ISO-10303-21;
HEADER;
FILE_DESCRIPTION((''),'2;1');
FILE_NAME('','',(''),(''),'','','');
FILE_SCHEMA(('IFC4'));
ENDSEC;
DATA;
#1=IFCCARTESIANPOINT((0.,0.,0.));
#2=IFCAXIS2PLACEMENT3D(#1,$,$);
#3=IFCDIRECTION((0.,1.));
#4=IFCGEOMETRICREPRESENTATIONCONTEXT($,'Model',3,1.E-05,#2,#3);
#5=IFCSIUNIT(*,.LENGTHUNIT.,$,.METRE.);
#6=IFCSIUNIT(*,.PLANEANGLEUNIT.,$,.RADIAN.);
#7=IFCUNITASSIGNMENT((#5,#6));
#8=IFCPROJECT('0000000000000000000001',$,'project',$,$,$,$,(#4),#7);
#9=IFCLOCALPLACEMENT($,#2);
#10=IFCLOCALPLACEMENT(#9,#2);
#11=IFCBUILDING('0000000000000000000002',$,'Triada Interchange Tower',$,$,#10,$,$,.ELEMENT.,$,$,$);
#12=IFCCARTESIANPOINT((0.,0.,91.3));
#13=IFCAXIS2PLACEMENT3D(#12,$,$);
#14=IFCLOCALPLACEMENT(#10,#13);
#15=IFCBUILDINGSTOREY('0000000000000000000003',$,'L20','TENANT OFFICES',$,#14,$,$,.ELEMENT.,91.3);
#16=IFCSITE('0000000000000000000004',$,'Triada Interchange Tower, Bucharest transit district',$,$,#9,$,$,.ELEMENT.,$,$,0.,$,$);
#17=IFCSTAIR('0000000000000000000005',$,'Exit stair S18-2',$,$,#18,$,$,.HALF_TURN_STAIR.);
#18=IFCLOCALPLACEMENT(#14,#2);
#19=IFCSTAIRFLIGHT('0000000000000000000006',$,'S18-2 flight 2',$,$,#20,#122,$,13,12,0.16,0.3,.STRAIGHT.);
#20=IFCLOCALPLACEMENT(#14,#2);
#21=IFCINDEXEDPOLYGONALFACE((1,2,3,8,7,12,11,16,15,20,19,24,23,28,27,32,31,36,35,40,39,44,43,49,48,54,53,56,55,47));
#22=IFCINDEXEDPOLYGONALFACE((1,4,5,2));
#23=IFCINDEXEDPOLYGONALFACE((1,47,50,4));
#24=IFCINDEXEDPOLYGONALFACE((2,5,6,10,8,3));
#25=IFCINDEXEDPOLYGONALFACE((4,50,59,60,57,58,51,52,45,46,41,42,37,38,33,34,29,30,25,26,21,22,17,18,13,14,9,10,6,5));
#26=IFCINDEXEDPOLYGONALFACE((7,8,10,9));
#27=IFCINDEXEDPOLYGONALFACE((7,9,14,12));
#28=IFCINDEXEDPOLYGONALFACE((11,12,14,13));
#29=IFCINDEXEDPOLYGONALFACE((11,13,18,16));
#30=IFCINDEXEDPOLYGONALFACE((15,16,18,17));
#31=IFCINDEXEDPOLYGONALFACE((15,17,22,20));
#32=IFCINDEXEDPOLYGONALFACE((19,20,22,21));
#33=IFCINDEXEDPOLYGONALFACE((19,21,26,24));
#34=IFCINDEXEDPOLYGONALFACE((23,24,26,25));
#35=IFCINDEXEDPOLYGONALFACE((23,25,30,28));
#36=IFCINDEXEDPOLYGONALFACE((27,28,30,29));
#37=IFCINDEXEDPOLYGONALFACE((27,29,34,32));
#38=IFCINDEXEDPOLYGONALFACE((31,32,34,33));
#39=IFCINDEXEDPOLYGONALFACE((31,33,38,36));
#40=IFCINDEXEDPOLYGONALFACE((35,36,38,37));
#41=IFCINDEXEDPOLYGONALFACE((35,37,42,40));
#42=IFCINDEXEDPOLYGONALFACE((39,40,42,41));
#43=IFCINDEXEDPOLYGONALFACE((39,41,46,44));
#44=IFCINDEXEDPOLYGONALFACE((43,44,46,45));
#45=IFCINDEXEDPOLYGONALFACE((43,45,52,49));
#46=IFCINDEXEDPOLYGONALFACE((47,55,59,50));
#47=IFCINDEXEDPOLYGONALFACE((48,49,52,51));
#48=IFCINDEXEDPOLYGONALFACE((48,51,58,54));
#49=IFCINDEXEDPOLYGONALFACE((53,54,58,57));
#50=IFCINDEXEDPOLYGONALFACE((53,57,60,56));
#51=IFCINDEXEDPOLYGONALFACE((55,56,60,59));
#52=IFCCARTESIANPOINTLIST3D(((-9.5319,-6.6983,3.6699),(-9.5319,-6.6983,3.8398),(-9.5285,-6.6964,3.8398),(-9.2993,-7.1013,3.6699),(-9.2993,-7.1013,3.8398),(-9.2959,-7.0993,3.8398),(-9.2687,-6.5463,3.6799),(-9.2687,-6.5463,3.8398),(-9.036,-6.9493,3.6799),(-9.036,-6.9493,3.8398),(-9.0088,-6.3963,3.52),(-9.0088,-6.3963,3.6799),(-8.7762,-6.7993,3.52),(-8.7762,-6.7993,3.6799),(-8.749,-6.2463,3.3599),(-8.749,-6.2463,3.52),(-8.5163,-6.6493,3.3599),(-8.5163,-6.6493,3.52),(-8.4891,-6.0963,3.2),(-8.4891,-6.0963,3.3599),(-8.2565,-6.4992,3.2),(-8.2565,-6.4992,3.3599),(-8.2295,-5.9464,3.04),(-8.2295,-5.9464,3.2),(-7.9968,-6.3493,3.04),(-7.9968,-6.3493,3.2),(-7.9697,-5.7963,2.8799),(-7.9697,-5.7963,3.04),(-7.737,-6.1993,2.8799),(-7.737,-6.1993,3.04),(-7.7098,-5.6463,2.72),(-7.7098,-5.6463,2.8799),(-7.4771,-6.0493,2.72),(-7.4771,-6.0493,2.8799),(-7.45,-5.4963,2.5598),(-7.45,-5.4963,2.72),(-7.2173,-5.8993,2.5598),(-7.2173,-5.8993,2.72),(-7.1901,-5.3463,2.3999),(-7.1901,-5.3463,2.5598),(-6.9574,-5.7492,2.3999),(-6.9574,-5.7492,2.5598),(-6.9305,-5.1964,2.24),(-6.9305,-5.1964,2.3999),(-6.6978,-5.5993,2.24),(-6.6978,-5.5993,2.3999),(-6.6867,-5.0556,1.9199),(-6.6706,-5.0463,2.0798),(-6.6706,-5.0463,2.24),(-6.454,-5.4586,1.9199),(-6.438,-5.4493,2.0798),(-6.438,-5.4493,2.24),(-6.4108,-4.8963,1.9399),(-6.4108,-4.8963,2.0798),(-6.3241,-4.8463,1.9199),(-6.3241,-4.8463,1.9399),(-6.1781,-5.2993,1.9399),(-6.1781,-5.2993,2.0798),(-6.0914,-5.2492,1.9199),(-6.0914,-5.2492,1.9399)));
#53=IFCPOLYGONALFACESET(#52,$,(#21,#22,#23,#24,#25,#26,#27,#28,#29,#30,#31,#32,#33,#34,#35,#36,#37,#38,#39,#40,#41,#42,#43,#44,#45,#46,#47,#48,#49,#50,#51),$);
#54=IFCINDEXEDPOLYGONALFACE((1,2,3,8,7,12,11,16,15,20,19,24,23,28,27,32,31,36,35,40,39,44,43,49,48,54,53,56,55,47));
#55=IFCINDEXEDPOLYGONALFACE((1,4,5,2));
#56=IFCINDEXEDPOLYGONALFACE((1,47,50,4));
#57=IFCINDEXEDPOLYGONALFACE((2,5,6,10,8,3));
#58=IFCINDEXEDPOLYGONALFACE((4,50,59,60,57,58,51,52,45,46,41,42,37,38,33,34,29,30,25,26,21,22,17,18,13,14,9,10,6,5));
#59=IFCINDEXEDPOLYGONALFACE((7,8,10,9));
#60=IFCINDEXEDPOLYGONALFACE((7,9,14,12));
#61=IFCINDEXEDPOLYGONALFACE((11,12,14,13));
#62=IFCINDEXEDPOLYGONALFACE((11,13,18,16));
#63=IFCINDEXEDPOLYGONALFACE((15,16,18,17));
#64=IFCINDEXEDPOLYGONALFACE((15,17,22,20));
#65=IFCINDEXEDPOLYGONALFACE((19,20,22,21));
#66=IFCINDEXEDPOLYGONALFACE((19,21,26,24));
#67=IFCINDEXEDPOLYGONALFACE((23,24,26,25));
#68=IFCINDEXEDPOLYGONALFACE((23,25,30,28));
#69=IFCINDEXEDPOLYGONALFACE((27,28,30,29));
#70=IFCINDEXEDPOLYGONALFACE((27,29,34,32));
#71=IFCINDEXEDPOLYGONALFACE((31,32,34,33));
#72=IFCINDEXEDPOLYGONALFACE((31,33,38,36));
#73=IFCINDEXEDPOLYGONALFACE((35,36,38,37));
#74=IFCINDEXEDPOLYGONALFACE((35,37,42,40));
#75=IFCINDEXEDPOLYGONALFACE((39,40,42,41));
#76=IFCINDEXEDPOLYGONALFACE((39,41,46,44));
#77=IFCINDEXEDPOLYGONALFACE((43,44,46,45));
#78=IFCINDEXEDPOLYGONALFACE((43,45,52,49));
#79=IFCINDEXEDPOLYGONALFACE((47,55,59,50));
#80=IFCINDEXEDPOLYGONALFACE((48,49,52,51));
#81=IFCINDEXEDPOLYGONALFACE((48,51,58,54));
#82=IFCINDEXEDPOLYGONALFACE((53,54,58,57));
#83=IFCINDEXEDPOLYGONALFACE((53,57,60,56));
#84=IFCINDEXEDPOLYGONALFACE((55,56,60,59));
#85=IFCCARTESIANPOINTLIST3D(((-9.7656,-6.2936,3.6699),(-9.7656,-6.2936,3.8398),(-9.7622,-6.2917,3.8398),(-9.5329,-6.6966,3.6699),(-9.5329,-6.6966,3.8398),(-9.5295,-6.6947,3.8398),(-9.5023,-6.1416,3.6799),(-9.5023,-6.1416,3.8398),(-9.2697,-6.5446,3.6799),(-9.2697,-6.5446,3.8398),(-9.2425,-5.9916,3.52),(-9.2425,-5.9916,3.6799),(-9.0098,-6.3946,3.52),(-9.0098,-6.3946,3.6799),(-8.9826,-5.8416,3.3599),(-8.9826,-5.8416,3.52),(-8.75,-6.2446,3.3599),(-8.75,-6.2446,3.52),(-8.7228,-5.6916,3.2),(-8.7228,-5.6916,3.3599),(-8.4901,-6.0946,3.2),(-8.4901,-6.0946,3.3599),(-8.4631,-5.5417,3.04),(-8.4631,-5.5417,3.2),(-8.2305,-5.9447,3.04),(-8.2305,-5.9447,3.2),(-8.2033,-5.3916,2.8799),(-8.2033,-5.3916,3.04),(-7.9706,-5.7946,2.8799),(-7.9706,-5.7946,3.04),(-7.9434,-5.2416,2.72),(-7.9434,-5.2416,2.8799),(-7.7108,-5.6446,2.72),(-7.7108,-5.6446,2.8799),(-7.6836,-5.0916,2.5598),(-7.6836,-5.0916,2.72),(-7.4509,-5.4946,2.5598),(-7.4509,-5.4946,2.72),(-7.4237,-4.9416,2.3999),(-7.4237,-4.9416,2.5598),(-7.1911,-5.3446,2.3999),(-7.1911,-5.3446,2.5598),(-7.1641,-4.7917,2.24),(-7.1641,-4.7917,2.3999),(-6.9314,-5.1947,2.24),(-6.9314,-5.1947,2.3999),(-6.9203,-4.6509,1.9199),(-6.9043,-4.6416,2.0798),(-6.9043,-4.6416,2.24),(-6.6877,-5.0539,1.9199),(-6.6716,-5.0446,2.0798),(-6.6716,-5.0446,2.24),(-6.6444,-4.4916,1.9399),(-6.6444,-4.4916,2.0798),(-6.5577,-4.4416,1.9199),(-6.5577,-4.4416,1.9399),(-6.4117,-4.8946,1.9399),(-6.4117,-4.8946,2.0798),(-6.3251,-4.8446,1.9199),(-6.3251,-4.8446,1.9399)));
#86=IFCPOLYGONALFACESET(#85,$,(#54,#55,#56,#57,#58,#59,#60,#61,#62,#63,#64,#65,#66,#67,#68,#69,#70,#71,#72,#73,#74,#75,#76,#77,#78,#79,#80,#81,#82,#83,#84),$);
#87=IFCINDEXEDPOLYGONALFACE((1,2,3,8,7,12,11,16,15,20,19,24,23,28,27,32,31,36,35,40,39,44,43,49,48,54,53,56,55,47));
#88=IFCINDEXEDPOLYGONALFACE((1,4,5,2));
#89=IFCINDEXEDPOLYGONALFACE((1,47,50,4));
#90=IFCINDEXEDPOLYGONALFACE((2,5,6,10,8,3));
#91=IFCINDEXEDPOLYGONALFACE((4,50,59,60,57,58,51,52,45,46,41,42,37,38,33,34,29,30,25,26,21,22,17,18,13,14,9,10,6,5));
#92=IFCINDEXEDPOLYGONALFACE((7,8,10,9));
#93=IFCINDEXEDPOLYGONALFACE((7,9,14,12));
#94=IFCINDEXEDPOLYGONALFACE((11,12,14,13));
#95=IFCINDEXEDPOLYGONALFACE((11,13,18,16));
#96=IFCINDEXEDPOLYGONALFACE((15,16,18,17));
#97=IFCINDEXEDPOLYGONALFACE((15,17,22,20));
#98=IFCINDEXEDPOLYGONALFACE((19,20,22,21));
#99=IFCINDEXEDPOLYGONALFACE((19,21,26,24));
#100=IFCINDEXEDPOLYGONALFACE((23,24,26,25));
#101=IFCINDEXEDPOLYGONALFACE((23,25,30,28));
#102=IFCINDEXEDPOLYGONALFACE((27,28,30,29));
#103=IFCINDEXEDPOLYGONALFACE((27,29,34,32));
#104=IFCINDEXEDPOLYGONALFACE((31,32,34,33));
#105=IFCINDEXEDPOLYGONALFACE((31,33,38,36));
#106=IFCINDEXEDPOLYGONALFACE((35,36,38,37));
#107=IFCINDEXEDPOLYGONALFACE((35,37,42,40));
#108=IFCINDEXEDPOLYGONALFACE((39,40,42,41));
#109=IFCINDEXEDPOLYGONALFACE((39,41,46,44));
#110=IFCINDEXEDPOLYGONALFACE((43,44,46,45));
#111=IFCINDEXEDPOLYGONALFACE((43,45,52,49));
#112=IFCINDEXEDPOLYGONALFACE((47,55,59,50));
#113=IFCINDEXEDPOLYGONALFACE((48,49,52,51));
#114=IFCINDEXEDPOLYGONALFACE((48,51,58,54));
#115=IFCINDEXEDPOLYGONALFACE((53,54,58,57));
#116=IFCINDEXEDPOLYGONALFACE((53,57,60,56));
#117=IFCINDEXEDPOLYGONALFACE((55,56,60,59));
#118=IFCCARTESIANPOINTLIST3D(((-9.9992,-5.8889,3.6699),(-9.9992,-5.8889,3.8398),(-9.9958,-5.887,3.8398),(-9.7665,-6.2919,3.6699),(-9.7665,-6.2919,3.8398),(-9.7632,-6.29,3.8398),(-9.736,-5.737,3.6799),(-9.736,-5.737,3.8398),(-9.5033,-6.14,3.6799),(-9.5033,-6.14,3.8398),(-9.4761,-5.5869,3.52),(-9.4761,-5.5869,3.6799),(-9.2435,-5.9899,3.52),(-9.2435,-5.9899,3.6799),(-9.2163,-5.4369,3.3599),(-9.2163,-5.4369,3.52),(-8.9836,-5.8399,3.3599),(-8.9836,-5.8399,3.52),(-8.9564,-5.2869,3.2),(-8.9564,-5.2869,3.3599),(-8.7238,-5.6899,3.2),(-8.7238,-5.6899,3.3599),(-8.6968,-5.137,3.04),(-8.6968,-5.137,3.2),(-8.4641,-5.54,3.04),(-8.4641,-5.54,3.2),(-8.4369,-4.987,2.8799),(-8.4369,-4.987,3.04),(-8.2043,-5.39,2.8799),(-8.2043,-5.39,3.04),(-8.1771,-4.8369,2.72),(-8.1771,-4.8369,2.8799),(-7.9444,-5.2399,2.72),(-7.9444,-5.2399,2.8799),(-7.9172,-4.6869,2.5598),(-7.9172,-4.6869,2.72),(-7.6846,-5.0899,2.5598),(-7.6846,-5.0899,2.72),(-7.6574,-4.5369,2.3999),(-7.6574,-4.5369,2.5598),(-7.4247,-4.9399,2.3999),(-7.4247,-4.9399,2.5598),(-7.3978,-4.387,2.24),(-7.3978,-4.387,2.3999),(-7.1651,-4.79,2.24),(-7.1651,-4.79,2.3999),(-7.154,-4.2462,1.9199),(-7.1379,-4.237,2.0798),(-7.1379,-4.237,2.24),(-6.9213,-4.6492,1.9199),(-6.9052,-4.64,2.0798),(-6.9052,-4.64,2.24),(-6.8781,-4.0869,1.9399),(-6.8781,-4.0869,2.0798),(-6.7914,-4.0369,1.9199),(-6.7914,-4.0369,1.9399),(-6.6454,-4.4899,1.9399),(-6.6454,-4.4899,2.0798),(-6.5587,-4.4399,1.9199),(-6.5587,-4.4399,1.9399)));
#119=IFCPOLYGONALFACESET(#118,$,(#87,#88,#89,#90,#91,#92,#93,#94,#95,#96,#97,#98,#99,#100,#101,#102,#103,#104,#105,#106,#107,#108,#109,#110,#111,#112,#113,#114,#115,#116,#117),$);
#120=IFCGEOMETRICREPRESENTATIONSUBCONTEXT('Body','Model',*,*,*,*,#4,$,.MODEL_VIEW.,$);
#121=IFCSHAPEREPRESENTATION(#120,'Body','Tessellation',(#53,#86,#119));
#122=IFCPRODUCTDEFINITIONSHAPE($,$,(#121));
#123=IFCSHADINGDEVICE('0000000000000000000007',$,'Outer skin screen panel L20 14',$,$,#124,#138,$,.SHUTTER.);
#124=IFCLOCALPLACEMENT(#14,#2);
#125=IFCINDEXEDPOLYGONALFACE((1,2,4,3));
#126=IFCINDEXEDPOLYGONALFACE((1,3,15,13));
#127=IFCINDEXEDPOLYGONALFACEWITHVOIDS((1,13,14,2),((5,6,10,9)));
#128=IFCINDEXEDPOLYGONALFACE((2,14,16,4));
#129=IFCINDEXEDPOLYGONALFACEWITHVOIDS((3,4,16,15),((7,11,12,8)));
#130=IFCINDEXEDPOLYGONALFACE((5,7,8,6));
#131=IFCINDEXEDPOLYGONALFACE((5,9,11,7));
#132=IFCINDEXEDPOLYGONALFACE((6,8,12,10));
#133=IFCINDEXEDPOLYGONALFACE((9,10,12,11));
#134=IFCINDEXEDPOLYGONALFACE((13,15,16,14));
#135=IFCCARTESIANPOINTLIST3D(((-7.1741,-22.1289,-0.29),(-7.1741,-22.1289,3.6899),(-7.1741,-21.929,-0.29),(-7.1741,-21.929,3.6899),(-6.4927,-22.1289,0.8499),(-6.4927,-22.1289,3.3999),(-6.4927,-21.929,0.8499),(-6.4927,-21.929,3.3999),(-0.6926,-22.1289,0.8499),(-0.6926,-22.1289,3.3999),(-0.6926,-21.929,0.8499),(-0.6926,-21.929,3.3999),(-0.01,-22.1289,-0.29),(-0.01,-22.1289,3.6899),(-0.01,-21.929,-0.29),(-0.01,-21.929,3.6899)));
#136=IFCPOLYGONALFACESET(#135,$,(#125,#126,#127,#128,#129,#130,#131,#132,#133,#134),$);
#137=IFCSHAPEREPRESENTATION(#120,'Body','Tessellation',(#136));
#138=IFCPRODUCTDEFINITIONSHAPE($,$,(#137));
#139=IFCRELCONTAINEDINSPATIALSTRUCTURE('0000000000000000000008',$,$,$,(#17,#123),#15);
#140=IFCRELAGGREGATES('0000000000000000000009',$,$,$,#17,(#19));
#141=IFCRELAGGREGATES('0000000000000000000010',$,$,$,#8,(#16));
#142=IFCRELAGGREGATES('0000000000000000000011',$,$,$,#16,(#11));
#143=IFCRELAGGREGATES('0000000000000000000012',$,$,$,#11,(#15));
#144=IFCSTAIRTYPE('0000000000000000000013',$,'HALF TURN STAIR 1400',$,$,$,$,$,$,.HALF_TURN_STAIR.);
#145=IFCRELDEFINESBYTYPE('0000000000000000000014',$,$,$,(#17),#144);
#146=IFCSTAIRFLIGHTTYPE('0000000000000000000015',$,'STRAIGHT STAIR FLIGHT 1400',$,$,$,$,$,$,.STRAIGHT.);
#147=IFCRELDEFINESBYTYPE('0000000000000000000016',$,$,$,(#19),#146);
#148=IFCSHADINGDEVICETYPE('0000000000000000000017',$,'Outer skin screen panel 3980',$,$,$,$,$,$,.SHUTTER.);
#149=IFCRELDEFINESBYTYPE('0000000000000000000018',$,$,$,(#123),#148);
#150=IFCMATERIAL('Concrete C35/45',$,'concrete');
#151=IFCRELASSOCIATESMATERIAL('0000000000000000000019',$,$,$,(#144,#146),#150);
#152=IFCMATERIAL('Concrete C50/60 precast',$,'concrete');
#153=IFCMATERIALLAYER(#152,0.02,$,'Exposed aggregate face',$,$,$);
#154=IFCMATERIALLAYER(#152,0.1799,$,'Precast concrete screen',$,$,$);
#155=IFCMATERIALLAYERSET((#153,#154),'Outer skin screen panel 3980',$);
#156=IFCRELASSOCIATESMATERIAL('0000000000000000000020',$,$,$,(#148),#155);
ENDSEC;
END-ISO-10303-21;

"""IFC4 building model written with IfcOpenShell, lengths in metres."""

from ifc_helpers import new_model, si_unit, direction, frame, origin, place, context, subcontext, project, spatial, polyline, outline, extrude, material, layer, layer_set, type_object, element, aggregate, save


model = new_model("IFC4")

# Units and contexts
model_context = context("Model", 3, precision=1e-05, world=origin(), true_north=direction((0.0, 1.0)))
body_context = subcontext(model_context, "Body", "Model", "MODEL_VIEW")
ifc_project = project(units=[si_unit("LENGTHUNIT", "METRE"), si_unit("PLANEANGLEUNIT", "RADIAN")], contexts=[model_context])

# Site, building, storey
site_placement = place(None, origin())
site = spatial("IfcSite", under=ifc_project, at=site_placement, Name="Triada Interchange Tower, Bucharest transit district", CompositionType="ELEMENT", RefElevation=0.0)
building_placement = place(site_placement, origin())
building = spatial("IfcBuilding", under=site, at=building_placement, Name="Triada Interchange Tower", CompositionType="ELEMENT")
storey_placement = place(building_placement, frame((0.0, 0.0, 91.3)))
storey = spatial("IfcBuildingStorey", under=building, at=storey_placement, Name="L20", Description="TENANT OFFICES", CompositionType="ELEMENT", Elevation=91.3)

# Stair, stair flight
ifc_material_1 = material(Name="Concrete C35/45", Category="concrete")
stair_type = type_object("IfcStairType", Name="HALF TURN STAIR 1400", PredefinedType="HALF_TURN_STAIR", material=ifc_material_1)
stair_placement = place(storey_placement, origin())
stair = element("IfcStair", 1, at=stair_placement, inside=storey, type_object=stair_type, Name="Exit stair S18-2", PredefinedType="HALF_TURN_STAIR")
stair_flight_type = type_object("IfcStairFlightType", Name="STRAIGHT STAIR FLIGHT 1400", PredefinedType="STRAIGHT", material=ifc_material_1)
stair_flight_1_placement = place(storey_placement, frame((-6.5281, -4.6931, 1.9199), z_axis=(0.0, 0.0, 1.0), x_axis=(-0.866025, -0.5, 0.0)))
stair_flight_1 = element("IfcStairFlight", 2, at=stair_flight_1_placement, type_object=stair_flight_type, Name="S18-2 flight 2", NumberOfRisers=13, NumberOfTreads=12, PredefinedType="STRAIGHT", RiserHeight=0.16, TreadLength=0.3, context=body_context, shape_type="SweptSolid", body=[
    extrude(outline(polyline([(-0.1001, 0.0), (-0.1001, 0.02), (0.0, 0.02), (0.0, 0.1599), (0.3, 0.1599), (0.3, 0.3201), (0.6001, 0.3201), (0.6001, 0.48), (0.8999, 0.48), (0.8999, 0.6399), (1.2, 0.6399), (1.2, 0.8), (1.5, 0.8), (1.5, 0.96), (1.8, 0.96), (1.8, 1.1201), (2.1001, 1.1201), (2.1001, 1.28), (2.3999, 1.28), (2.3999, 1.4399), (2.7, 1.4399), (2.7, 1.6001), (3.0, 1.6001), (3.0, 1.76), (3.3, 1.76), (3.3, 1.9199), (3.6001, 1.9199), (3.604, 1.9199), (3.604, 2.0801), (3.604, 1.75), (0.3186, 0.0), (-0.1001, 0.0)])), frame((0.0, 0.7, 0.0), z_axis=(0.0, -1.0, 0.0), x_axis=(1.0, 0.0, 0.0)), (0.0, 0.0, 1.0), 0.4653),
    extrude(outline(polyline([(-0.1001, 0.0), (-0.1001, 0.02), (0.0, 0.02), (0.0, 0.1599), (0.3, 0.1599), (0.3, 0.3201), (0.6001, 0.3201), (0.6001, 0.48), (0.8999, 0.48), (0.8999, 0.6399), (1.2, 0.6399), (1.2, 0.8), (1.5, 0.8), (1.5, 0.96), (1.8, 0.96), (1.8, 1.1201), (2.1001, 1.1201), (2.1001, 1.28), (2.3999, 1.28), (2.3999, 1.4399), (2.7, 1.4399), (2.7, 1.6001), (3.0, 1.6001), (3.0, 1.76), (3.3, 1.76), (3.3, 1.9199), (3.6001, 1.9199), (3.604, 1.9199), (3.604, 2.0801), (3.604, 1.75), (0.3186, 0.0), (-0.1001, 0.0)])), frame((0.0, 0.2327, 0.0), z_axis=(0.0, -1.0, 0.0), x_axis=(1.0, 0.0, 0.0)), (0.0, 0.0, 1.0), 0.4653),
    extrude(outline(polyline([(-0.1001, 0.0), (-0.1001, 0.02), (0.0, 0.02), (0.0, 0.1599), (0.3, 0.1599), (0.3, 0.3201), (0.6001, 0.3201), (0.6001, 0.48), (0.8999, 0.48), (0.8999, 0.6399), (1.2, 0.6399), (1.2, 0.8), (1.5, 0.8), (1.5, 0.96), (1.8, 0.96), (1.8, 1.1201), (2.1001, 1.1201), (2.1001, 1.28), (2.3999, 1.28), (2.3999, 1.4399), (2.7, 1.4399), (2.7, 1.6001), (3.0, 1.6001), (3.0, 1.76), (3.3, 1.76), (3.3, 1.9199), (3.6001, 1.9199), (3.604, 1.9199), (3.604, 2.0801), (3.604, 1.75), (0.3186, 0.0), (-0.1001, 0.0)])), frame((0.0, -0.2346, 0.0), z_axis=(0.0, -1.0, 0.0), x_axis=(1.0, 0.0, 0.0)), (0.0, 0.0, 1.0), 0.4653),
])

# Shading device
ifc_material_2 = material(Name="Concrete C50/60 precast", Category="concrete")
ifc_layer_1 = layer(ifc_material_2, 0.02, Name="Exposed aggregate face")
ifc_layer_2 = layer(ifc_material_2, 0.1799, Name="Precast concrete screen")
ifc_layer_set_1 = layer_set([ifc_layer_1, ifc_layer_2], Name="Outer skin screen panel 3980")
shading_device_type = type_object("IfcShadingDeviceType", Name="Outer skin screen panel 3980", PredefinedType="SHUTTER", material=ifc_layer_set_1)
shading_device_placement = place(storey_placement, frame((-7.1741, -21.929, -0.29), z_axis=(0.0, 0.0, 1.0), x_axis=(1.0, 0.0, 0.0)))
element("IfcShadingDevice", 3, at=shading_device_placement, inside=storey, type_object=shading_device_type, Name="Outer skin screen panel L20 14", PredefinedType="SHUTTER", context=body_context, shape_type="SweptSolid", body=[
    extrude(outline(polyline([(0.0, 0.0), (7.1641, 0.0), (7.1641, 3.98), (0.0, 3.98), (0.0, 0.0)]), holes=[polyline([(0.6814, 1.1399), (0.6814, 3.6899), (6.4814, 3.6899), (6.4814, 1.1399), (0.6814, 1.1399)])]), frame((0.0, 0.0, 0.0), z_axis=(0.0, -1.0, 0.0), x_axis=(1.0, 0.0, 0.0)), (0.0, 0.0, 1.0), 0.2),
])

aggregate(stair, [stair_flight_1])

save(model, "model.ifc")
